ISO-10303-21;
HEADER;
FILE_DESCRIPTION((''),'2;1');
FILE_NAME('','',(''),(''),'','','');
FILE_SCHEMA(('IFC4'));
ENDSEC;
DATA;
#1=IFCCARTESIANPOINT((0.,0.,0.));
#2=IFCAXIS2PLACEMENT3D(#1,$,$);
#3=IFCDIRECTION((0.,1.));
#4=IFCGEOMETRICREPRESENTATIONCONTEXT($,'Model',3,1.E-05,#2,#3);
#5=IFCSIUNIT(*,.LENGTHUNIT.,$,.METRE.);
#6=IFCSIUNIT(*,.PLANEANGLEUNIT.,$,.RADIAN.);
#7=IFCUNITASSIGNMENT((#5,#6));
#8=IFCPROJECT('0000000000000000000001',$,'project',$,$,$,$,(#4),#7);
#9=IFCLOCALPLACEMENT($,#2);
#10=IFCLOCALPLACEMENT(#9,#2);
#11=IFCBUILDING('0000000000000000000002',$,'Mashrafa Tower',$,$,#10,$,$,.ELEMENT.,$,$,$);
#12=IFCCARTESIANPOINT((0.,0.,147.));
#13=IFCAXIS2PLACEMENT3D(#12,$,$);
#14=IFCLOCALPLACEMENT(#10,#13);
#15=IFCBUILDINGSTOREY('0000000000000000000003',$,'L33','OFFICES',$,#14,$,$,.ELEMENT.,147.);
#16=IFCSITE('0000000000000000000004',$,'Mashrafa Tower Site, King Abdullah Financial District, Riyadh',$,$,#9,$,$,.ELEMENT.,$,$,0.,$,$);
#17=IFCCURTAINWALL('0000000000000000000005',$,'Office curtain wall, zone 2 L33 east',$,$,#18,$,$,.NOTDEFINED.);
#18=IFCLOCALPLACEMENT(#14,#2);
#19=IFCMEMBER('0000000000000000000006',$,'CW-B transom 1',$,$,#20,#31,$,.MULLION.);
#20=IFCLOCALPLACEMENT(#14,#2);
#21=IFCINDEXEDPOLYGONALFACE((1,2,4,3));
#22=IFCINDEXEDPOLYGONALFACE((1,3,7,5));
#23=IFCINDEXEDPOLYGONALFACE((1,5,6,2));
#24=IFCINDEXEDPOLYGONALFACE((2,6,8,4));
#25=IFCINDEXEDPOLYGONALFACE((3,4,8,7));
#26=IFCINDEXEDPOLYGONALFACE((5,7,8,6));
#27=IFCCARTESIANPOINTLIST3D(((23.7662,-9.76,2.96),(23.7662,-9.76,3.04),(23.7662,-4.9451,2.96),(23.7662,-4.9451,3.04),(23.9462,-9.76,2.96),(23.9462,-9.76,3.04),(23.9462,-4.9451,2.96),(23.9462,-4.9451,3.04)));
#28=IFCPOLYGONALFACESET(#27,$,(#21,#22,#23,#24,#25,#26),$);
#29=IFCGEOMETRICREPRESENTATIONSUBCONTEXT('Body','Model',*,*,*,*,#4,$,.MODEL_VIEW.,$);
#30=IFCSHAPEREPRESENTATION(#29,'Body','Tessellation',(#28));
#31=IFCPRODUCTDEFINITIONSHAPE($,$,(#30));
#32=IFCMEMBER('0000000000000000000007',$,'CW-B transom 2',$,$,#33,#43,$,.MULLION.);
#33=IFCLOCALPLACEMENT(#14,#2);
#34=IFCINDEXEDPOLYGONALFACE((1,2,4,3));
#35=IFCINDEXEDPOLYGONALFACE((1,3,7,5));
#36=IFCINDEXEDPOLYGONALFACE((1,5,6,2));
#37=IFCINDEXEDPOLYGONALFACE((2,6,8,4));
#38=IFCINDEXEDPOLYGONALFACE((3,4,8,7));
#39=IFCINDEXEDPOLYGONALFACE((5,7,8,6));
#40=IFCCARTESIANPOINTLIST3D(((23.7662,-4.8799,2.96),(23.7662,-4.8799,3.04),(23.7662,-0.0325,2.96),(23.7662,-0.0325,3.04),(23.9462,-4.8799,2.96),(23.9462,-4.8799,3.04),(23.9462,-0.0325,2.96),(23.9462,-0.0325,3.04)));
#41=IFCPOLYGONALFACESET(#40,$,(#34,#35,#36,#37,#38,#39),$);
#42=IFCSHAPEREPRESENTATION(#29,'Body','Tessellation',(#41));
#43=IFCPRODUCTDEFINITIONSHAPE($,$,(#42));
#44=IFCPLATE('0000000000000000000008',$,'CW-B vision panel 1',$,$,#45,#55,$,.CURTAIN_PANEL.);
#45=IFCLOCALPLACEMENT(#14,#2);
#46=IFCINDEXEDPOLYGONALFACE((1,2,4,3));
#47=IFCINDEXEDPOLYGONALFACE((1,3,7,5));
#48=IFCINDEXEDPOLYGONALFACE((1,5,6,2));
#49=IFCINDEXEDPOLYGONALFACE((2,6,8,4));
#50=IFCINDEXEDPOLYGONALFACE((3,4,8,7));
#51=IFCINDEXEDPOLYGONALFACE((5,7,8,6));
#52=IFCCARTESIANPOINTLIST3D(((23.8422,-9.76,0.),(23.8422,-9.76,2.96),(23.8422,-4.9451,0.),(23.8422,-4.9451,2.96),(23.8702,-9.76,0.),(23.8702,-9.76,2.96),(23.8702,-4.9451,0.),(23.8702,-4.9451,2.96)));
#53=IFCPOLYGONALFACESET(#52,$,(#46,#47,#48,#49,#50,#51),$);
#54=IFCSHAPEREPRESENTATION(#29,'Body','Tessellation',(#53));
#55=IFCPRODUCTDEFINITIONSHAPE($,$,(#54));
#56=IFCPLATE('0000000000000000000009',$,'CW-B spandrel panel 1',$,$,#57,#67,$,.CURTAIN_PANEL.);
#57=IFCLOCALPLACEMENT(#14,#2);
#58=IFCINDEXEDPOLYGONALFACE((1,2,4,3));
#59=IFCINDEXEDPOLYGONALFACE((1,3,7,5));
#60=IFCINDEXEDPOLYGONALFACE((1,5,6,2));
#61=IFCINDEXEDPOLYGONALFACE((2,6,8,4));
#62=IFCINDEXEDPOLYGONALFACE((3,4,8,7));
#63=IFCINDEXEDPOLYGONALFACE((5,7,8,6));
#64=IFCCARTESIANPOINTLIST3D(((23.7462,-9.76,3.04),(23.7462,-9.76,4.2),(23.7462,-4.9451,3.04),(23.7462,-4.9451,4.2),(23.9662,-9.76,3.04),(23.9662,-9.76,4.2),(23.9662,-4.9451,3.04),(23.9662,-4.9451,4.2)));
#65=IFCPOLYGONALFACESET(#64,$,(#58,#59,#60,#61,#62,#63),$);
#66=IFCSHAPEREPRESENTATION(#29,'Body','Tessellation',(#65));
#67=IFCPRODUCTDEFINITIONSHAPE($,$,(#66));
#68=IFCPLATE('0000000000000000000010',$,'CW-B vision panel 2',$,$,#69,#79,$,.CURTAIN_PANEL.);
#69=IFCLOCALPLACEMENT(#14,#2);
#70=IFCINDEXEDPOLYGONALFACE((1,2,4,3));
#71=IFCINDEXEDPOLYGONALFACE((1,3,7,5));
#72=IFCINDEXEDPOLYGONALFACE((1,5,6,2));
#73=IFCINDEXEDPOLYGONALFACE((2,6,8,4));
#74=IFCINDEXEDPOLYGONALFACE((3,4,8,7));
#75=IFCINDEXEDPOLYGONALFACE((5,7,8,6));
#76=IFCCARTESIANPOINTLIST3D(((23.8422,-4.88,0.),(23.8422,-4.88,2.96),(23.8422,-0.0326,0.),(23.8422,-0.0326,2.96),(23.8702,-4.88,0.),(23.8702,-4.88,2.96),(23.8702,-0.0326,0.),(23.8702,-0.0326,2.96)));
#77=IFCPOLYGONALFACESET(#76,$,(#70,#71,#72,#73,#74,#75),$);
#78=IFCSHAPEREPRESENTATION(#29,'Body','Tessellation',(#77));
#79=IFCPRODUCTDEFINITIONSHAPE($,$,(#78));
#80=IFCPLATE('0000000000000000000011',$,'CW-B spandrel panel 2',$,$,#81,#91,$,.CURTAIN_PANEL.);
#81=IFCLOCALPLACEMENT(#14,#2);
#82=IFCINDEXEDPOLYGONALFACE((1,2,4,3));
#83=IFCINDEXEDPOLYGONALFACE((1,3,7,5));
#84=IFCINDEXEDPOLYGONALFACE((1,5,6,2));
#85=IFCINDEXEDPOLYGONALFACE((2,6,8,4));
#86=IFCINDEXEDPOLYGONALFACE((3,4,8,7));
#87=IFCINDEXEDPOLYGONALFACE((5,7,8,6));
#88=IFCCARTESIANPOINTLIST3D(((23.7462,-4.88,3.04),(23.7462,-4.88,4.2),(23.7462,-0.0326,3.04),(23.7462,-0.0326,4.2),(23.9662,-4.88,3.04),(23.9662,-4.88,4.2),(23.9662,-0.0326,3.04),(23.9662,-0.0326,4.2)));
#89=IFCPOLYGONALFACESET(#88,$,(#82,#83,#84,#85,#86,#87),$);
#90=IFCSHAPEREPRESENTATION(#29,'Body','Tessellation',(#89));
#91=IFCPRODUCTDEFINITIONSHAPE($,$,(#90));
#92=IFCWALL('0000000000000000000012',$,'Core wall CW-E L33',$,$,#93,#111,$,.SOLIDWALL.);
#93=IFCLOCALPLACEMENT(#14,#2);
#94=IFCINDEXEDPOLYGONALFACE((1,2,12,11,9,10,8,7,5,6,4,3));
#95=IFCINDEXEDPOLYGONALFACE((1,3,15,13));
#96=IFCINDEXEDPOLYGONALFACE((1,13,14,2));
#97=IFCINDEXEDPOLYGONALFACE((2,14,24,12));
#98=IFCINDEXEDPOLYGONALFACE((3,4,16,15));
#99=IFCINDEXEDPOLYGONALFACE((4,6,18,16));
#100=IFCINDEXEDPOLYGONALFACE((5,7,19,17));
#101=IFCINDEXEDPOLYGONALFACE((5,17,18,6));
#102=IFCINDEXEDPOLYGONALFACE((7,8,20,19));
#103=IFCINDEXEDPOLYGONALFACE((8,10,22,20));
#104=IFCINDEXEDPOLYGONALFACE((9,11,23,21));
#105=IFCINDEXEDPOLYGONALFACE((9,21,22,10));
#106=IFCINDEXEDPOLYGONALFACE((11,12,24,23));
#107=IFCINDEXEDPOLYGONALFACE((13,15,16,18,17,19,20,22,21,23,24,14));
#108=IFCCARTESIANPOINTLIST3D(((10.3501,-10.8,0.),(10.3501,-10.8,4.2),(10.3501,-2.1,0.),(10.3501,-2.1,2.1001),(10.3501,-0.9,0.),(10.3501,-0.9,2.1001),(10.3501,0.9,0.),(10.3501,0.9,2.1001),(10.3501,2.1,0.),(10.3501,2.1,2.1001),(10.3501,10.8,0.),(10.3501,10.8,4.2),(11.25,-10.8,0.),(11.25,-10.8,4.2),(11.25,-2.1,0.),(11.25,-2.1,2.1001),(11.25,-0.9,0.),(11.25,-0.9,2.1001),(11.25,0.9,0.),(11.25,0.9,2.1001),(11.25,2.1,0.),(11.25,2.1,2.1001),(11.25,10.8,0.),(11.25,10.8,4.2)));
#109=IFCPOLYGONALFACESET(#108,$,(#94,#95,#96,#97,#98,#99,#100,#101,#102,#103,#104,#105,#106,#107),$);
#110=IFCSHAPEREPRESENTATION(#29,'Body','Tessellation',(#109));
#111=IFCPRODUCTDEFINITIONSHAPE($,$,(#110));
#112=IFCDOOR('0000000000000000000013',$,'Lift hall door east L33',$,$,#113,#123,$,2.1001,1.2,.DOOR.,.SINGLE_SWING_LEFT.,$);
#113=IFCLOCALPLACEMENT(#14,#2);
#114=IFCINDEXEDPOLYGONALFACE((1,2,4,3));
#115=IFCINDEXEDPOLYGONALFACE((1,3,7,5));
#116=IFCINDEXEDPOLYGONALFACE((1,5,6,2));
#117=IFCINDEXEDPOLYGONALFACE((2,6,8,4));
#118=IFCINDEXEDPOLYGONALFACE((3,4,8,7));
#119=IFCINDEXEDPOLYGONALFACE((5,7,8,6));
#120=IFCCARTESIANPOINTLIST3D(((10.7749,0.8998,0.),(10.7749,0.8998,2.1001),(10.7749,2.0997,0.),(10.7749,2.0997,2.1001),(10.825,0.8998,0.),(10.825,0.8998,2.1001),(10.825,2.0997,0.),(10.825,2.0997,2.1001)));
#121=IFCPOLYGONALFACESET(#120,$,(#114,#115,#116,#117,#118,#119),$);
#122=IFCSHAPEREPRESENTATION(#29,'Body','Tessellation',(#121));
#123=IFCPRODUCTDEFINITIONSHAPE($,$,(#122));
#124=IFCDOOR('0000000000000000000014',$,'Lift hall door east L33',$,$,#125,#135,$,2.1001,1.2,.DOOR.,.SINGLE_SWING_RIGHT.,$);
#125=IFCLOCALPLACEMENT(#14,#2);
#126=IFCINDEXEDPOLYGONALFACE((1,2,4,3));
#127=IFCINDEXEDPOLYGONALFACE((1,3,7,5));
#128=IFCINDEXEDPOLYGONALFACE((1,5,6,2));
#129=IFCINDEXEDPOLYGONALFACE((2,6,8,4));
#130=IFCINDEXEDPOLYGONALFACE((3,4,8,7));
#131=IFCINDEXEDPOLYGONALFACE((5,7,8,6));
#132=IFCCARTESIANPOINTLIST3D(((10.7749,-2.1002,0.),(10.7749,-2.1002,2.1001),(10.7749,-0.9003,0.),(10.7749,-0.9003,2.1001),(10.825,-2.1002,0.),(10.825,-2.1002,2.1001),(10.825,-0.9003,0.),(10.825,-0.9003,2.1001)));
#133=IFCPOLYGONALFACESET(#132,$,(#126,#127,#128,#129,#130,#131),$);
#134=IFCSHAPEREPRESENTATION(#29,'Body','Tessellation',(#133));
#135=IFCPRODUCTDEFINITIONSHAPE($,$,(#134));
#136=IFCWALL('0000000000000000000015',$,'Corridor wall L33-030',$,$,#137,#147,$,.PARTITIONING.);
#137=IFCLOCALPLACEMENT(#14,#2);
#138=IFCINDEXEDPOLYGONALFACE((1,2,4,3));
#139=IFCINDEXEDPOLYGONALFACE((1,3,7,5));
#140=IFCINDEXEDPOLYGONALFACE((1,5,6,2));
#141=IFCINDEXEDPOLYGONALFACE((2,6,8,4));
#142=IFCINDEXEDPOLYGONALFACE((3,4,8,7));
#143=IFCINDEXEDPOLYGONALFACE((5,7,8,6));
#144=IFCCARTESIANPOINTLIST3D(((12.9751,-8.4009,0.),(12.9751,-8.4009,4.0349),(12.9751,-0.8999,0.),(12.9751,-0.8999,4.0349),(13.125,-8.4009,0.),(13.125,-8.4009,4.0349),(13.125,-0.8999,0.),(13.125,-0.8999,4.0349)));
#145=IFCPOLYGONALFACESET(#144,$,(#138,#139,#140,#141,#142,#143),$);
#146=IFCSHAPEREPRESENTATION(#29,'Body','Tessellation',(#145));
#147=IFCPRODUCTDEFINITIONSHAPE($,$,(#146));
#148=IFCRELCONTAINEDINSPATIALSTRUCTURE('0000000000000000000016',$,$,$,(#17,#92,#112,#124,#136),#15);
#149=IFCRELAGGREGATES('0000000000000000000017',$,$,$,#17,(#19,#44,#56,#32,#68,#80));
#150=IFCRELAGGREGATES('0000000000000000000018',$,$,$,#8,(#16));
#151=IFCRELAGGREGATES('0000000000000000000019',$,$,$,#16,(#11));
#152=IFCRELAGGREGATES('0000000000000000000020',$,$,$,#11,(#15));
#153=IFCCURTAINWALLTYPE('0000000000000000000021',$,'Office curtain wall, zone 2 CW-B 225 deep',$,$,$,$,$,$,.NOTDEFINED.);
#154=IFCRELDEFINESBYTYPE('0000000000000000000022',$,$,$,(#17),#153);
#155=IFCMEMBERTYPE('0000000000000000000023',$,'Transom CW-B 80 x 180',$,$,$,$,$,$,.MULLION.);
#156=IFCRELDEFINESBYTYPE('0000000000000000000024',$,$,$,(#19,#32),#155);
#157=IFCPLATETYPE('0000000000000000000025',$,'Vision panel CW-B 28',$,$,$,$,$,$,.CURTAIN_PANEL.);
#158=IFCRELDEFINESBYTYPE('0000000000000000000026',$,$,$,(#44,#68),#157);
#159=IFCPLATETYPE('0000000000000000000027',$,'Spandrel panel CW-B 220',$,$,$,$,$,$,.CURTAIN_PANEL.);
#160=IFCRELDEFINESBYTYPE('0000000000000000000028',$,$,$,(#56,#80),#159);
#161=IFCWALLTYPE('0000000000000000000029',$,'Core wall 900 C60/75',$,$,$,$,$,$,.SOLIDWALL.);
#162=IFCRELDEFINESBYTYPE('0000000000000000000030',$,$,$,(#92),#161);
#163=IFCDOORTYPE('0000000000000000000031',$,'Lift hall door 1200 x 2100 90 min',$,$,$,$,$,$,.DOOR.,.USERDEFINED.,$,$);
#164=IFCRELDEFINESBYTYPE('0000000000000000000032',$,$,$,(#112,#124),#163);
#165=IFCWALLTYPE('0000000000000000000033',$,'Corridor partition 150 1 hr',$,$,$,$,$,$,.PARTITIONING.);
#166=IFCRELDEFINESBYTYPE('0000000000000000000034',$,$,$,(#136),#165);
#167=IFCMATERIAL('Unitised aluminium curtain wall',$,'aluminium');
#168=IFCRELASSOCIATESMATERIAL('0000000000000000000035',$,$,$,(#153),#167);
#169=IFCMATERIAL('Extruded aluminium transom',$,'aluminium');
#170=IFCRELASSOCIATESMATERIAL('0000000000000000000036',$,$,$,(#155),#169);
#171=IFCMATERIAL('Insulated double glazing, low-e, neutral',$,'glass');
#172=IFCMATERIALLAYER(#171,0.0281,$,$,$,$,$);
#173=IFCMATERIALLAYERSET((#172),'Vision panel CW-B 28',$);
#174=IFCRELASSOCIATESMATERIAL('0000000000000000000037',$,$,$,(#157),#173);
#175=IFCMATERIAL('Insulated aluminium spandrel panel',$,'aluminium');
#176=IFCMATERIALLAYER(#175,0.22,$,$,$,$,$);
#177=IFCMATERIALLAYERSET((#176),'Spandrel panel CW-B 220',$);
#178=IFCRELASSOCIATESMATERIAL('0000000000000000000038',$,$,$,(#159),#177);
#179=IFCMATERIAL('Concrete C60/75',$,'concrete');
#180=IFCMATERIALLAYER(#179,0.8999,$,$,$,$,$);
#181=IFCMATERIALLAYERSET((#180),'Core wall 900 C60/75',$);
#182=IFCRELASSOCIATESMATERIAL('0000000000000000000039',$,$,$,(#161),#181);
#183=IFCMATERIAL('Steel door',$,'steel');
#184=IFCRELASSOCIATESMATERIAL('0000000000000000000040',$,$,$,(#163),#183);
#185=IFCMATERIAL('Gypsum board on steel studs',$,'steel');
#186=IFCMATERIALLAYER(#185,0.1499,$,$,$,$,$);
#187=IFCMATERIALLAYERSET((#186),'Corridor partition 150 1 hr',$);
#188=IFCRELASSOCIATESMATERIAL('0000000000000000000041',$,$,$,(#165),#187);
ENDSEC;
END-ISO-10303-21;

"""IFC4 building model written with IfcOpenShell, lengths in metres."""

from ifc_helpers import new_model, si_unit, direction, frame, frame_2d, origin, origin_2d, place, context, subcontext, project, spatial, rectangle, extrude, source, transform, mapped, material, layer, layer_set, material_profile, profile_set, type_object, type_shapes, element, fill, aggregate, save


model = new_model("IFC4")

# Units and contexts
model_context = context("Model", 3, precision=1e-05, world=origin(), true_north=direction((0.0, 1.0)))
body_context = subcontext(model_context, "Body", "Model", "MODEL_VIEW")
ifc_project = project(units=[si_unit("LENGTHUNIT", "METRE"), si_unit("PLANEANGLEUNIT", "RADIAN")], contexts=[model_context])

# Site, building, storey
site_placement = place(None, origin())
site = spatial("IfcSite", under=ifc_project, at=site_placement, Name="Mashrafa Tower Site, King Abdullah Financial District, Riyadh", CompositionType="ELEMENT", RefElevation=0.0)
building_placement = place(site_placement, origin())
building = spatial("IfcBuilding", under=site, at=building_placement, Name="Mashrafa Tower", CompositionType="ELEMENT")
storey_placement = place(building_placement, frame((0.0, 0.0, 147.0)))
storey = spatial("IfcBuildingStorey", under=building, at=storey_placement, Name="L33", Description="OFFICES", CompositionType="ELEMENT", Elevation=147.0)

# Curtain wall
ifc_material_1 = material(Name="Unitised aluminium curtain wall", Category="aluminium")
curtain_wall_type = type_object("IfcCurtainWallType", Name="Office curtain wall, zone 2 CW-B 225 deep", PredefinedType="NOTDEFINED", material=ifc_material_1)
curtain_wall_1_placement = place(storey_placement, origin())
curtain_wall_1 = element("IfcCurtainWall", 1, at=curtain_wall_1_placement, inside=storey, type_object=curtain_wall_type, Name="Office curtain wall, zone 2 L33 east", PredefinedType="NOTDEFINED")

# Members
ifc_material_2 = material(Name="Extruded aluminium transom", Category="aluminium")
ifc_material_profile_1 = material_profile(ifc_material_2, rectangle(XDim=0.1799, YDim=0.0801, at=origin_2d()), Name="Transom 80x180")
ifc_profile_set_1 = profile_set([ifc_material_profile_1], Name="Extruded aluminium transom")
member_type_1 = type_object("IfcMemberType", Name="Transom CW-B 80 x 180", PredefinedType="MULLION", material=ifc_profile_set_1)
shared_shape_1 = source(origin(), body_context, "Body", "SweptSolid", [
    extrude(rectangle(XDim=0.1799, YDim=0.0801, at=origin_2d()), origin(), (0.0, 0.0, 1.0), 4.8149),
])
member_1_placement = place(storey_placement, frame((23.8562, -9.76, 3.0), z_axis=(0.0, 1.0, 0.0), x_axis=(-1.0, 0.0, 0.0)))
member_1 = element("IfcMember", 2, at=member_1_placement, type_object=member_type_1, Name="CW-B transom 1", PredefinedType="MULLION", context=body_context, shape_type="MappedRepresentation", body=[
    mapped(shared_shape_1, transform((0.0, 0.0, 0.0))),
])
shared_shape_2 = source(origin(), body_context, "Body", "SweptSolid", [
    extrude(rectangle(XDim=0.1799, YDim=0.0801, at=origin_2d()), origin(), (0.0, 0.0, 1.0), 4.8474),
])
type_shapes(member_type_1, [shared_shape_1, shared_shape_2])
member_2_placement = place(storey_placement, frame((23.8562, -4.8799, 3.0), z_axis=(0.0, 1.0, 0.0), x_axis=(-1.0, 0.0, 0.0)))
member_2 = element("IfcMember", 3, at=member_2_placement, type_object=member_type_1, Name="CW-B transom 2", PredefinedType="MULLION", context=body_context, shape_type="MappedRepresentation", body=[
    mapped(shared_shape_2, transform((0.0, 0.0, 0.0))),
])

# Plates
ifc_material_3 = material(Name="Insulated double glazing, low-e, neutral", Category="glass")
ifc_layer_1 = layer(ifc_material_3, 0.0281)
ifc_layer_set_1 = layer_set([ifc_layer_1], Name="Vision panel CW-B 28")
plate_type_1 = type_object("IfcPlateType", Name="Vision panel CW-B 28", PredefinedType="CURTAIN_PANEL", material=ifc_layer_set_1)
shared_shape_3 = source(origin(), body_context, "Body", "SweptSolid", [
    extrude(rectangle(XDim=4.8149, YDim=0.0281, at=origin_2d()), origin(), (0.0, 0.0, 1.0), 2.96),
])
plate_1_placement = place(storey_placement, frame((23.8562, -7.3525, 0.0), z_axis=(0.0, 0.0, 1.0), x_axis=(0.0, 1.0, 0.0)))
plate_1 = element("IfcPlate", 4, at=plate_1_placement, type_object=plate_type_1, Name="CW-B vision panel 1", PredefinedType="CURTAIN_PANEL", context=body_context, shape_type="MappedRepresentation", body=[
    mapped(shared_shape_3, transform((0.0, 0.0, 0.0))),
])
ifc_material_4 = material(Name="Insulated aluminium spandrel panel", Category="aluminium")
ifc_layer_2 = layer(ifc_material_4, 0.22)
ifc_layer_set_2 = layer_set([ifc_layer_2], Name="Spandrel panel CW-B 220")
plate_type_2 = type_object("IfcPlateType", Name="Spandrel panel CW-B 220", PredefinedType="CURTAIN_PANEL", material=ifc_layer_set_2)
shared_shape_4 = source(origin(), body_context, "Body", "SweptSolid", [
    extrude(rectangle(XDim=4.8149, YDim=0.22, at=origin_2d()), origin(), (0.0, 0.0, 1.0), 1.1599),
])
plate_2_placement = place(storey_placement, frame((23.8562, -7.3525, 3.04), z_axis=(0.0, 0.0, 1.0), x_axis=(0.0, 1.0, 0.0)))
plate_2 = element("IfcPlate", 5, at=plate_2_placement, type_object=plate_type_2, Name="CW-B spandrel panel 1", PredefinedType="CURTAIN_PANEL", context=body_context, shape_type="MappedRepresentation", body=[
    mapped(shared_shape_4, transform((0.0, 0.0, 0.0))),
])
shared_shape_5 = source(origin(), body_context, "Body", "SweptSolid", [
    extrude(rectangle(XDim=4.8474, YDim=0.0281, at=origin_2d()), origin(), (0.0, 0.0, 1.0), 2.96),
])
type_shapes(plate_type_1, [shared_shape_3, shared_shape_5])
plate_3_placement = place(storey_placement, frame((23.8562, -2.4563, 0.0), z_axis=(0.0, 0.0, 1.0), x_axis=(0.0, 1.0, 0.0)))
plate_3 = element("IfcPlate", 6, at=plate_3_placement, type_object=plate_type_1, Name="CW-B vision panel 2", PredefinedType="CURTAIN_PANEL", context=body_context, shape_type="MappedRepresentation", body=[
    mapped(shared_shape_5, transform((0.0, 0.0, 0.0))),
])
shared_shape_6 = source(origin(), body_context, "Body", "SweptSolid", [
    extrude(rectangle(XDim=4.8474, YDim=0.22, at=origin_2d()), origin(), (0.0, 0.0, 1.0), 1.1599),
])
type_shapes(plate_type_2, [shared_shape_4, shared_shape_6])
plate_4_placement = place(storey_placement, frame((23.8562, -2.4563, 3.04), z_axis=(0.0, 0.0, 1.0), x_axis=(0.0, 1.0, 0.0)))
plate_4 = element("IfcPlate", 7, at=plate_4_placement, type_object=plate_type_2, Name="CW-B spandrel panel 2", PredefinedType="CURTAIN_PANEL", context=body_context, shape_type="MappedRepresentation", body=[
    mapped(shared_shape_6, transform((0.0, 0.0, 0.0))),
])
aggregate(curtain_wall_1, [member_1, plate_1, plate_2, member_2, plate_3, plate_4])

# Wall, openings, doors
ifc_material_5 = material(Name="Concrete C60/75", Category="concrete")
ifc_layer_3 = layer(ifc_material_5, 0.8999)
ifc_layer_set_3 = layer_set([ifc_layer_3], Name="Core wall 900 C60/75")
wall_type_1 = type_object("IfcWallType", Name="Core wall 900 C60/75", PredefinedType="SOLIDWALL", material=ifc_layer_set_3)
wall_1_placement = place(storey_placement, frame((10.8, -10.8, 0.0), z_axis=(0.0, 0.0, 1.0), x_axis=(0.0, 1.0, 0.0)))
wall_1 = element("IfcWall", 8, at=wall_1_placement, inside=storey, type_object=wall_type_1, Name="Core wall CW-E L33", PredefinedType="SOLIDWALL", context=body_context, shape_type="SweptSolid", body=[
    extrude(rectangle(XDim=21.6001, YDim=0.8999, at=frame_2d((10.8, 0.0))), origin(), (0.0, 0.0, 1.0), 4.2),
])
opening_1_placement = place(wall_1_placement, frame((11.7, 0.0, 0.0)))
opening_1 = element("IfcOpeningElement", 9, at=opening_1_placement, cuts=wall_1, PredefinedType="OPENING", context=body_context, shape_type="SweptSolid", body=[
    extrude(rectangle(XDim=1.2, YDim=2.1001, at=frame_2d((0.6001, 1.05))), frame((0.0, 0.46, 0.0), z_axis=(0.0, -1.0, 0.0), x_axis=(1.0, 0.0, 0.0)), (0.0, 0.0, 1.0), 0.9199),
])
opening_2_placement = place(wall_1_placement, frame((8.7, 0.0, 0.0)))
opening_2 = element("IfcOpeningElement", 10, at=opening_2_placement, cuts=wall_1, PredefinedType="OPENING", context=body_context, shape_type="SweptSolid", body=[
    extrude(rectangle(XDim=1.2, YDim=2.1001, at=frame_2d((0.6001, 1.05))), frame((0.0, 0.46, 0.0), z_axis=(0.0, -1.0, 0.0), x_axis=(1.0, 0.0, 0.0)), (0.0, 0.0, 1.0), 0.9199),
])
ifc_material_6 = material(Name="Steel door", Category="steel")
door_type_1 = type_object("IfcDoorType", Name="Lift hall door 1200 x 2100 90 min", OperationType="USERDEFINED", PredefinedType="DOOR", material=ifc_material_6)
door_1_placement = place(opening_1_placement, frame((1.2, 0.0, 0.0), z_axis=(0.0, 0.0, 1.0), x_axis=(-1.0, 0.0, 0.0)))
door_1 = element("IfcDoor", 11, at=door_1_placement, inside=storey, type_object=door_type_1, Name="Lift hall door east L33", OperationType="SINGLE_SWING_LEFT", OverallHeight=2.1001, OverallWidth=1.2, PredefinedType="DOOR", context=body_context, shape_type="SweptSolid", body=[
    extrude(rectangle(XDim=1.2, YDim=2.1001, at=frame_2d((0.6001, 1.05))), frame((0.0, 0.0249, 0.0), z_axis=(0.0, -1.0, 0.0), x_axis=(1.0, 0.0, 0.0)), (0.0, 0.0, 1.0), 0.05),
])
fill(opening_1, door_1)
door_2_placement = place(opening_2_placement, frame((1.2, 0.0, 0.0), z_axis=(0.0, 0.0, 1.0), x_axis=(-1.0, 0.0, 0.0)))
door_2 = element("IfcDoor", 12, at=door_2_placement, inside=storey, type_object=door_type_1, Name="Lift hall door east L33", OperationType="SINGLE_SWING_RIGHT", OverallHeight=2.1001, OverallWidth=1.2, PredefinedType="DOOR", context=body_context, shape_type="SweptSolid", body=[
    extrude(rectangle(XDim=1.2, YDim=2.1001, at=frame_2d((0.6001, 1.05))), frame((0.0, 0.0249, 0.0), z_axis=(0.0, -1.0, 0.0), x_axis=(1.0, 0.0, 0.0)), (0.0, 0.0, 1.0), 0.05),
])
fill(opening_2, door_2)

# Wall
ifc_material_7 = material(Name="Gypsum board on steel studs", Category="steel")
ifc_layer_4 = layer(ifc_material_7, 0.1499)
ifc_layer_set_4 = layer_set([ifc_layer_4], Name="Corridor partition 150 1 hr")
wall_type_2 = type_object("IfcWallType", Name="Corridor partition 150 1 hr", PredefinedType="PARTITIONING", material=ifc_layer_set_4)
wall_2_placement = place(storey_placement, frame((13.05, -8.4009, 0.0), z_axis=(0.0, 0.0, 1.0), x_axis=(0.0, 1.0, 0.0)))
element("IfcWall", 13, at=wall_2_placement, inside=storey, type_object=wall_type_2, Name="Corridor wall L33-030", PredefinedType="PARTITIONING", context=body_context, shape_type="SweptSolid", body=[
    extrude(rectangle(XDim=7.501, YDim=0.1499, at=frame_2d((3.7505, 0.0))), origin(), (0.0, 0.0, 1.0), 4.0349),
])

save(model, "model.ifc")
